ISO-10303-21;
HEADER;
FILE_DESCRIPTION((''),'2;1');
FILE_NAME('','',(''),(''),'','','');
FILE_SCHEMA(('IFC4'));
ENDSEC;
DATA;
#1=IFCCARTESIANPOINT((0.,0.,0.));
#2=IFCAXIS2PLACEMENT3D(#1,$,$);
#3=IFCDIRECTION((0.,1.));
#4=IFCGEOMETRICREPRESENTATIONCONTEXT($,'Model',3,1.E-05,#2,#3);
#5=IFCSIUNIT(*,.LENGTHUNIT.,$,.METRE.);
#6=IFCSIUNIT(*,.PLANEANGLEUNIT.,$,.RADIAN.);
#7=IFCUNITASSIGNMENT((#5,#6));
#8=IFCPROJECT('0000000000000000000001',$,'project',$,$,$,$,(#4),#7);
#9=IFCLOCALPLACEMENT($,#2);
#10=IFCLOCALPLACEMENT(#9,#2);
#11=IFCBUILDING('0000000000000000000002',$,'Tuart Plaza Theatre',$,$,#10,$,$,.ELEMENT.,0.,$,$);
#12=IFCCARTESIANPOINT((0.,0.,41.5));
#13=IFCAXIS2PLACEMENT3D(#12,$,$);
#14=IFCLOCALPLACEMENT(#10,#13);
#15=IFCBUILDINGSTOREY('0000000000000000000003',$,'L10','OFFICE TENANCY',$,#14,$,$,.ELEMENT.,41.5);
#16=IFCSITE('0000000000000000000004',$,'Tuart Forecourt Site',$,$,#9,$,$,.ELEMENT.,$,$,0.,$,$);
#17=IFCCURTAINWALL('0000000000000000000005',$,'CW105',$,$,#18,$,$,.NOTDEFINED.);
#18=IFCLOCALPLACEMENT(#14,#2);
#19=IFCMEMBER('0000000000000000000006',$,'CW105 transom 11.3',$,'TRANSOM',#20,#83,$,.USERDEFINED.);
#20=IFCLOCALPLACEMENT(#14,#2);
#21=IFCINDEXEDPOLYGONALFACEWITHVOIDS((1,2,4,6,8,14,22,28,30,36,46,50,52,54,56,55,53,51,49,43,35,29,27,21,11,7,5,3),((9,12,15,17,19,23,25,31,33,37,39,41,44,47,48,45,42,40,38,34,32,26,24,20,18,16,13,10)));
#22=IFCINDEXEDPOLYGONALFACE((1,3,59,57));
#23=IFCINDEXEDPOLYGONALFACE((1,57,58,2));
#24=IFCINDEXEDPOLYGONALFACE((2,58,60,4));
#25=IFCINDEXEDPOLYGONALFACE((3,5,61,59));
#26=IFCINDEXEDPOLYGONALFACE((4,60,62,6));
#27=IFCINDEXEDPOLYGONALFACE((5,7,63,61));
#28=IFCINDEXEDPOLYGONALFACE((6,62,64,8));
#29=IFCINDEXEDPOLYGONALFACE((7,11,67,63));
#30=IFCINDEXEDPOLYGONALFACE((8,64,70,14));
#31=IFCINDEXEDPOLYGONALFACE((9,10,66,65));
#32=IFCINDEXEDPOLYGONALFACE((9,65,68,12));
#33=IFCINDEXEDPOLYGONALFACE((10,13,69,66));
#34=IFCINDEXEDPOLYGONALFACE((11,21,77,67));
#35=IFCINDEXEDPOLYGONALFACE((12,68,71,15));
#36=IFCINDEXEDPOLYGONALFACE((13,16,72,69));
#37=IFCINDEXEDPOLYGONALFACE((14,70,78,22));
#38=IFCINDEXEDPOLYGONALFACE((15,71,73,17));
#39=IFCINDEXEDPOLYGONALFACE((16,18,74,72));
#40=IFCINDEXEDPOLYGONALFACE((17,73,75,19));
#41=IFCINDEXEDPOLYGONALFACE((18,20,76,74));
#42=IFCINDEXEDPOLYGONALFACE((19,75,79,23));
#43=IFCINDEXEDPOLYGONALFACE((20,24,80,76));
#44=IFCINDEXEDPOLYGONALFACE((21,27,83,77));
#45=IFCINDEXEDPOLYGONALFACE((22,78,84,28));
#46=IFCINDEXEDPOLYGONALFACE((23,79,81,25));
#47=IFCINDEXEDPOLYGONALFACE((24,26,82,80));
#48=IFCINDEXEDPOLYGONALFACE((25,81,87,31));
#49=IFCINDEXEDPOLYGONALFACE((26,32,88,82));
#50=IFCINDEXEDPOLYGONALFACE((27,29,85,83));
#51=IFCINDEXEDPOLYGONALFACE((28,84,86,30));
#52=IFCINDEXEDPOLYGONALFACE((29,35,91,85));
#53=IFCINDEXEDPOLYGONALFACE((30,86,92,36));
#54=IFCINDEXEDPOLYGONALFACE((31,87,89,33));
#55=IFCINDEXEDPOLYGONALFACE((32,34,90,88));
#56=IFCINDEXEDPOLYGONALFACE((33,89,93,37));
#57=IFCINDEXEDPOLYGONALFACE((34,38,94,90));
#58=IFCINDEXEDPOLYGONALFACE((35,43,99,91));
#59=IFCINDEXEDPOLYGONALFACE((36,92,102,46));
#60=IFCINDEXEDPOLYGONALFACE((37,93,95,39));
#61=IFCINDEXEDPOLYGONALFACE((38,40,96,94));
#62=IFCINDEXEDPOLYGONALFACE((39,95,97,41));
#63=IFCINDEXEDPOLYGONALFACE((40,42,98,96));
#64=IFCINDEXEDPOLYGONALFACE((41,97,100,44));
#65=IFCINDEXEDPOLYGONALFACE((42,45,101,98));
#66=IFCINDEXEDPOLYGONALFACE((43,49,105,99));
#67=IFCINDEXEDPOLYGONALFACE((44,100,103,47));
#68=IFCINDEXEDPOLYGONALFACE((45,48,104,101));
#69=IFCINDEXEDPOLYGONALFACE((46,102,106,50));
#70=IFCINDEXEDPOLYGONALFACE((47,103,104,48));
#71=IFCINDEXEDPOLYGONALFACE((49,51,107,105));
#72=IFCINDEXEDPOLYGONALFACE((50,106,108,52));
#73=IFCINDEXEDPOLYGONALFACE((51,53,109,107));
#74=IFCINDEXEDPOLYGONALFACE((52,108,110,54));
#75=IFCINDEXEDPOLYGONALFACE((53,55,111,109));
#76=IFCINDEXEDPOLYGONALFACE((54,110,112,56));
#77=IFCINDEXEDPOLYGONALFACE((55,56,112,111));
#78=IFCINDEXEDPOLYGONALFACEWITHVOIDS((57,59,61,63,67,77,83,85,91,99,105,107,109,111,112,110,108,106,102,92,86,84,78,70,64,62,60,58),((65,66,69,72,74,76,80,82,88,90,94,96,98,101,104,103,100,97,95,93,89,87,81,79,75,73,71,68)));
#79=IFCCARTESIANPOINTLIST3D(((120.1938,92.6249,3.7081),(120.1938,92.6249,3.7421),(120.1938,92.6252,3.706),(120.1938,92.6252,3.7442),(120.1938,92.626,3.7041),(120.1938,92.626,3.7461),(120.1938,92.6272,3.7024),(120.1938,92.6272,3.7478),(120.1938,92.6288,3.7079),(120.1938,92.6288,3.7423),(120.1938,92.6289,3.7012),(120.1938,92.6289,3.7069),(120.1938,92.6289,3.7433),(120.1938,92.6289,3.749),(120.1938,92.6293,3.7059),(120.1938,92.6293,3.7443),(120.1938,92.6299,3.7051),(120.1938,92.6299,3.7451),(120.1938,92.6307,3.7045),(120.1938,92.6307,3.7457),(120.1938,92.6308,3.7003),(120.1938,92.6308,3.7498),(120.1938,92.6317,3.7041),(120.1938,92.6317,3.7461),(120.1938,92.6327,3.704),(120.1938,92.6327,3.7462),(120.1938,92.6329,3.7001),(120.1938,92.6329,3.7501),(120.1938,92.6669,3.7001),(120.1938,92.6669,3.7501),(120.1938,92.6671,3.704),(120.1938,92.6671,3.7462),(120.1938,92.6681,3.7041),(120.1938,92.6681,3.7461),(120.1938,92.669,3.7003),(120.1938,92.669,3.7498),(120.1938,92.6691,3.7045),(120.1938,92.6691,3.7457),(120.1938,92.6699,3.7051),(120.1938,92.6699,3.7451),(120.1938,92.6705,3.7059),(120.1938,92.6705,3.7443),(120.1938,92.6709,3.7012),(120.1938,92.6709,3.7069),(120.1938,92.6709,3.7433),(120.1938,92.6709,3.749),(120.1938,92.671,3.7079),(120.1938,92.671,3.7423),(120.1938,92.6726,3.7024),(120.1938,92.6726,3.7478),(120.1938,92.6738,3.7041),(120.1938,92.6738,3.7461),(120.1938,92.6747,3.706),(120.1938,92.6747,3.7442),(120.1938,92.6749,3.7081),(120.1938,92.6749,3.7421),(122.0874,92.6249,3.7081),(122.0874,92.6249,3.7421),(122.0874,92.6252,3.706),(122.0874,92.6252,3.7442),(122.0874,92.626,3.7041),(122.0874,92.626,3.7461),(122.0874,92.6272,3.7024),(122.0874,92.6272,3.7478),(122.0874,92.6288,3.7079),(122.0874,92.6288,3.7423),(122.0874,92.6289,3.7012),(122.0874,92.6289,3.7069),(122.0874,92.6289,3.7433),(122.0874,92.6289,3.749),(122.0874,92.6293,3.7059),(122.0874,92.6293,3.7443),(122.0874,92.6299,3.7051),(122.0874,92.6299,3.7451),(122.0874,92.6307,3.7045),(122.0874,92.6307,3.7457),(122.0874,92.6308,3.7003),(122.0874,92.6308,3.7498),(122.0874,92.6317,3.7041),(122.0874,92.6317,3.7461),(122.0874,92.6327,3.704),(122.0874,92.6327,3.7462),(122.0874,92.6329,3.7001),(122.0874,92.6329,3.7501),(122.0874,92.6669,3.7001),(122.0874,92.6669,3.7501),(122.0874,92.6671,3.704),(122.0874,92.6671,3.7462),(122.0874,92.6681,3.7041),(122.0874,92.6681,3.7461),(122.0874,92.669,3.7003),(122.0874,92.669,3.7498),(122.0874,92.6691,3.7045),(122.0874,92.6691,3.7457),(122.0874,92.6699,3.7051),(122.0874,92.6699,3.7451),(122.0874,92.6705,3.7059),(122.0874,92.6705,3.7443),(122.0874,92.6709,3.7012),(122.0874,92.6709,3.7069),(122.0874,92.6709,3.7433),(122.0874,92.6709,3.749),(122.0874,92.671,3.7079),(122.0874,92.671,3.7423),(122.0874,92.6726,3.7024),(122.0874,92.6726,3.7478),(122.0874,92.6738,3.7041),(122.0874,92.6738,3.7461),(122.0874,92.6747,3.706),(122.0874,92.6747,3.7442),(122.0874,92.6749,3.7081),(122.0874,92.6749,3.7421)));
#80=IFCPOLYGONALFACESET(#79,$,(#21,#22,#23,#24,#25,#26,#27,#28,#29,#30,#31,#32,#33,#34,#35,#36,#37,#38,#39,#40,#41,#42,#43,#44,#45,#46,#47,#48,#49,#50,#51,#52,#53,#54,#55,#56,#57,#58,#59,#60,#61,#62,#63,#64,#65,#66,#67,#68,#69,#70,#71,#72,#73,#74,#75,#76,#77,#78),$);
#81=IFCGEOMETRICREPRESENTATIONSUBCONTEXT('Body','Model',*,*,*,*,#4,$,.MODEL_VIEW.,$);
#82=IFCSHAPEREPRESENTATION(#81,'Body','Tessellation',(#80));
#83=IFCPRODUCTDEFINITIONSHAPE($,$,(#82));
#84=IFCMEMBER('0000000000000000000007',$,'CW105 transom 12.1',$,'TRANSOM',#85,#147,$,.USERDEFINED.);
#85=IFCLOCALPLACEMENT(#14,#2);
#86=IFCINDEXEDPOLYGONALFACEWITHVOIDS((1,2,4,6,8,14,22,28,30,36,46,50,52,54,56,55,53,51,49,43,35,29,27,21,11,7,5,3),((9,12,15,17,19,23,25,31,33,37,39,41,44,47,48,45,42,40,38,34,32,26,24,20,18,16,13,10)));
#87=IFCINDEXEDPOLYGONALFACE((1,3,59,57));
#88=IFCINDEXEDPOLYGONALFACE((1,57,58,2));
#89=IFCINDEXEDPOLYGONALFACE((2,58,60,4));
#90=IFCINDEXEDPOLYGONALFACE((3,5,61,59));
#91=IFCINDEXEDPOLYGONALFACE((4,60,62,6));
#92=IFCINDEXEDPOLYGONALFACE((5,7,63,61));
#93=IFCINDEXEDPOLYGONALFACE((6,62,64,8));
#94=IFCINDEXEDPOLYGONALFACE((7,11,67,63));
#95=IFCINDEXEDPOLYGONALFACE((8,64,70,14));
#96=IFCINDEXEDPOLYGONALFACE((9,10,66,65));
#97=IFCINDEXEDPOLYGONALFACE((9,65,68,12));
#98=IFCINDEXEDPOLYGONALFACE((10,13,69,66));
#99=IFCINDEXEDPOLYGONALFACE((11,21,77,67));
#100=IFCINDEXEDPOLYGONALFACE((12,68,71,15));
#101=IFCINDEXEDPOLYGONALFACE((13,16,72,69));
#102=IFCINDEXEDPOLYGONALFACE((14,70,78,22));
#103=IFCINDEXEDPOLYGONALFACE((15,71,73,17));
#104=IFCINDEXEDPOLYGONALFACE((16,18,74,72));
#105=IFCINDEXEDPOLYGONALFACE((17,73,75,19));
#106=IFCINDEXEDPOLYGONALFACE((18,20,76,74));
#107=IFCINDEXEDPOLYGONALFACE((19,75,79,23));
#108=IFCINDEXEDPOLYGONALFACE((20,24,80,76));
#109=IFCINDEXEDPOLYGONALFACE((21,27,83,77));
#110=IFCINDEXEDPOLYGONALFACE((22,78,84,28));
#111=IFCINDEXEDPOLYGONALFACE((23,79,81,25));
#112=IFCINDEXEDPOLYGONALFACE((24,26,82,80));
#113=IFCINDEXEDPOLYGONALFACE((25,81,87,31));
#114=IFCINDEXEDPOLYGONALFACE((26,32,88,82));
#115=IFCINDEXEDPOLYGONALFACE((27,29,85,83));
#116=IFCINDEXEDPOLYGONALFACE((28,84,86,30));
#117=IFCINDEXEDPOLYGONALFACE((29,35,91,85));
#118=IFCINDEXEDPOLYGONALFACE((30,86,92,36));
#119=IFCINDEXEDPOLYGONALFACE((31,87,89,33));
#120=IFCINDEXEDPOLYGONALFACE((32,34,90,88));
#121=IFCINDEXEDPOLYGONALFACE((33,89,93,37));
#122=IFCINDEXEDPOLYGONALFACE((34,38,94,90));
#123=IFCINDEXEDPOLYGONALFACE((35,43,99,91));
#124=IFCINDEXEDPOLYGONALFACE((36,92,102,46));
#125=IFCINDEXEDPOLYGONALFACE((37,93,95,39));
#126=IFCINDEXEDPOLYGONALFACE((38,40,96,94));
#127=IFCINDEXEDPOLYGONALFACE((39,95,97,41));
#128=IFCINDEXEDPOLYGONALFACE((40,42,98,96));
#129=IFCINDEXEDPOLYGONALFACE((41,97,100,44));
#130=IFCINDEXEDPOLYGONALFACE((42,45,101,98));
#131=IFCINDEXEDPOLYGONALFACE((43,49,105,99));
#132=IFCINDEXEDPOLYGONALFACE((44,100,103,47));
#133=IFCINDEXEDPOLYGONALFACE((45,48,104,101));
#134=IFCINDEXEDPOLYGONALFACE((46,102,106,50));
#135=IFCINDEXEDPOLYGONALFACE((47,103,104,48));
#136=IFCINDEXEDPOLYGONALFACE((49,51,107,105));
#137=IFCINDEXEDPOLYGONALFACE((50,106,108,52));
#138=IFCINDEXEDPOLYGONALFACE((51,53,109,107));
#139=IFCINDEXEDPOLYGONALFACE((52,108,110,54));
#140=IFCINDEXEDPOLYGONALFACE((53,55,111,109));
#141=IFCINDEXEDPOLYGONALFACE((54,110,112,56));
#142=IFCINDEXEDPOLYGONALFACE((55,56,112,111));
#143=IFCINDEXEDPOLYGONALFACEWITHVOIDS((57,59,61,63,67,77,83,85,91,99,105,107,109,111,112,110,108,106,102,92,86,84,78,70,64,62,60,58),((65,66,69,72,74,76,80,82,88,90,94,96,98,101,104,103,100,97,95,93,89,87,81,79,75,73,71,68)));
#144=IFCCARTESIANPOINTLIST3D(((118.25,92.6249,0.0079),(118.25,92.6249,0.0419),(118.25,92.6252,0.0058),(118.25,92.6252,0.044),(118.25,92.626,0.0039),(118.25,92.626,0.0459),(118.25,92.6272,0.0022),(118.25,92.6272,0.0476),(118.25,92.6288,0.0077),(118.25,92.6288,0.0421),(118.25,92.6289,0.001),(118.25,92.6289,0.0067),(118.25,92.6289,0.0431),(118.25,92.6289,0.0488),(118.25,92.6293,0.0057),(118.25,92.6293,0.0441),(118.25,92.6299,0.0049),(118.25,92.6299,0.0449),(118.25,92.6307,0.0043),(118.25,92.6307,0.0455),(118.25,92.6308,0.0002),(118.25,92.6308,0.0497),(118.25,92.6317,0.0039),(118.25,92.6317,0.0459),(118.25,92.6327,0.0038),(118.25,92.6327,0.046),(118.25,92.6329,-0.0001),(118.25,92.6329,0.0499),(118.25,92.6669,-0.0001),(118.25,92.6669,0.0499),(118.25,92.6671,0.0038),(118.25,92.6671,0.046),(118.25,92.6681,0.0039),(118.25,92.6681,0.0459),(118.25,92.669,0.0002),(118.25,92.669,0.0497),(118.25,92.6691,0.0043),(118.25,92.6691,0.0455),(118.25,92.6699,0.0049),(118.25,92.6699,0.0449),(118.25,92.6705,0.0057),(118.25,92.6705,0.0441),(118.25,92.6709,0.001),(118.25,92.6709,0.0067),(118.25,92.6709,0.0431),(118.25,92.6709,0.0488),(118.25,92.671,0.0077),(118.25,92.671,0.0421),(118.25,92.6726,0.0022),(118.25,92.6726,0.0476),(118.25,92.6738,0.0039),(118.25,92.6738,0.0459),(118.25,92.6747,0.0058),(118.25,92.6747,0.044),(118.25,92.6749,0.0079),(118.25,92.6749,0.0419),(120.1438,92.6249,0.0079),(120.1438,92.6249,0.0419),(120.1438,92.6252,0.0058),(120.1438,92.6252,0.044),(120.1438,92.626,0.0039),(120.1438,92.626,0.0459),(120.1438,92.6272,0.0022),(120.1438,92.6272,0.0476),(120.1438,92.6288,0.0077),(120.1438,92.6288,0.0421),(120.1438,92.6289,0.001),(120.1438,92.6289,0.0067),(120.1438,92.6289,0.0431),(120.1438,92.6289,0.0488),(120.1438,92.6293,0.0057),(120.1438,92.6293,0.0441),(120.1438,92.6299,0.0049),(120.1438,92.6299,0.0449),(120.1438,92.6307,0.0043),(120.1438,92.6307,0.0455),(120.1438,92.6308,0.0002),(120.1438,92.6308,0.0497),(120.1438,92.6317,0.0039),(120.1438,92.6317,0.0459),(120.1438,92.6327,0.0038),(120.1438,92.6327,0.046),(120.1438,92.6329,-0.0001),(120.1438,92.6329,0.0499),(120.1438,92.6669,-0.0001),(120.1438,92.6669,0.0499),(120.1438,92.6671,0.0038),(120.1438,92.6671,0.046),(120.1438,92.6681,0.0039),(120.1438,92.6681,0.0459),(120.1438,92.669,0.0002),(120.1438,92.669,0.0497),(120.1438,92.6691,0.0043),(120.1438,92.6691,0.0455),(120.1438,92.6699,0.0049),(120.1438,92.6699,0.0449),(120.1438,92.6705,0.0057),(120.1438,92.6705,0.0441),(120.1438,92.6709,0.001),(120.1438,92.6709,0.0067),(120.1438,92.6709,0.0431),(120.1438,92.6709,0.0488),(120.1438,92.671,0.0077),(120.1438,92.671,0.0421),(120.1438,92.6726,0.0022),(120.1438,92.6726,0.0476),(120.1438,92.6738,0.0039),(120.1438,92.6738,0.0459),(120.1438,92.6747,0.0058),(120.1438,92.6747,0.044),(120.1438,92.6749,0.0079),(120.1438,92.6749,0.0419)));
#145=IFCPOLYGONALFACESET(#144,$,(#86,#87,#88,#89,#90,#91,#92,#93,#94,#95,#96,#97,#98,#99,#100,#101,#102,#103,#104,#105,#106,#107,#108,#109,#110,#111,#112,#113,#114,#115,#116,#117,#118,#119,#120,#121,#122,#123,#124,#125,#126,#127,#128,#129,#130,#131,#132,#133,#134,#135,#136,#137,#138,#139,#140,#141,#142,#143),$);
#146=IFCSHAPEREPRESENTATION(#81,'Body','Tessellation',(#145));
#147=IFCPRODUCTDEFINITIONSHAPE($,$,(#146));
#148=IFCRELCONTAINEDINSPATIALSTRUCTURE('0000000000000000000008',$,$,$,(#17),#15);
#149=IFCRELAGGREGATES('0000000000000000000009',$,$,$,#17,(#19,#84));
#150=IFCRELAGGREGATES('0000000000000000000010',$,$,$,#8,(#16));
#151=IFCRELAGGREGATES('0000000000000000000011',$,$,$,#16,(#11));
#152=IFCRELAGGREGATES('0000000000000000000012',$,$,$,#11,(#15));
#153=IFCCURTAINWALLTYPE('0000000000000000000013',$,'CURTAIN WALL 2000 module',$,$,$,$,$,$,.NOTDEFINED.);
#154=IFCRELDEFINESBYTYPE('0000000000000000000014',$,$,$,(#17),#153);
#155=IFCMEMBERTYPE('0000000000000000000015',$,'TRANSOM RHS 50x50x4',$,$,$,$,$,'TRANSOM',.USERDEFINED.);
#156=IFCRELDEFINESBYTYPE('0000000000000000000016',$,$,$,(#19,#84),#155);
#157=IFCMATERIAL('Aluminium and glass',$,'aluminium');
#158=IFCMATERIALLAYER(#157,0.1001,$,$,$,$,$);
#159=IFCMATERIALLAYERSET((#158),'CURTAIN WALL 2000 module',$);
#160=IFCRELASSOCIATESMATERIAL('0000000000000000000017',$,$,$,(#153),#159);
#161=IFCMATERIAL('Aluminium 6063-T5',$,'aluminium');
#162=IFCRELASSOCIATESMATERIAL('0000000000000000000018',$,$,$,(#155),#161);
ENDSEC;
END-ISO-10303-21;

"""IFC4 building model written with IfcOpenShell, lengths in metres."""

from ifc_helpers import new_model, si_unit, direction, frame, origin, origin_2d, place, context, subcontext, project, spatial, hollow_rectangle, extrude, material, layer, layer_set, material_profile, profile_set, type_object, element, aggregate, save


model = new_model("IFC4")

# Units and contexts
model_context = context("Model", 3, precision=1e-05, world=origin(), true_north=direction((0.0, 1.0)))
body_context = subcontext(model_context, "Body", "Model", "MODEL_VIEW")
ifc_project = project(units=[si_unit("LENGTHUNIT", "METRE"), si_unit("PLANEANGLEUNIT", "RADIAN")], contexts=[model_context])

# Site, building, storey
site_placement = place(None, origin())
site = spatial("IfcSite", under=ifc_project, at=site_placement, Name="Tuart Forecourt Site", CompositionType="ELEMENT", RefElevation=0.0)
building_placement = place(site_placement, origin())
building = spatial("IfcBuilding", under=site, at=building_placement, Name="Tuart Plaza Theatre", CompositionType="ELEMENT", ElevationOfRefHeight=0.0)
storey_placement = place(building_placement, frame((0.0, 0.0, 41.5)))
storey = spatial("IfcBuildingStorey", under=building, at=storey_placement, Name="L10", Description="OFFICE TENANCY", CompositionType="ELEMENT", Elevation=41.5)

# Curtain wall, members
ifc_material_1 = material(Name="Aluminium and glass", Category="aluminium")
ifc_layer_1 = layer(ifc_material_1, 0.1001)
ifc_layer_set_1 = layer_set([ifc_layer_1], Name="CURTAIN WALL 2000 module")
curtain_wall_type = type_object("IfcCurtainWallType", Name="CURTAIN WALL 2000 module", PredefinedType="NOTDEFINED", material=ifc_layer_set_1)
curtain_wall_placement = place(storey_placement, origin())
curtain_wall = element("IfcCurtainWall", 1, at=curtain_wall_placement, inside=storey, type_object=curtain_wall_type, Name="CW105", PredefinedType="NOTDEFINED")
ifc_material_2 = material(Name="Aluminium 6063-T5", Category="aluminium")
ifc_material_profile_1 = material_profile(ifc_material_2, hollow_rectangle(XDim=0.05, YDim=0.05, WallThickness=0.0039, InnerFilletRadius=0.0039, OuterFilletRadius=0.0081, at=origin_2d()), Name="RHS 50x50x4")
ifc_profile_set_1 = profile_set([ifc_material_profile_1], Name="Aluminium 6063-T5")
member_type_1 = type_object("IfcMemberType", Name="TRANSOM RHS 50x50x4", ElementType="TRANSOM", PredefinedType="USERDEFINED", material=ifc_profile_set_1)
member_1_placement = place(storey_placement, frame((122.0874, 92.6499, 3.7251), z_axis=(-1.0, 0.0, 0.0), x_axis=(0.0, -1.0, 0.0)))
member_1 = element("IfcMember", 2, at=member_1_placement, type_object=member_type_1, Name="CW105 transom 11.3", ObjectType="TRANSOM", PredefinedType="USERDEFINED", context=body_context, shape_type="SweptSolid", body=[
    extrude(hollow_rectangle(XDim=0.05, YDim=0.05, WallThickness=0.0039, InnerFilletRadius=0.0039, OuterFilletRadius=0.0081, at=origin_2d()), origin(), (0.0, 0.0, 1.0), 1.8936),
])
member_2_placement = place(storey_placement, frame((120.1438, 92.6499, 0.0249), z_axis=(-1.0, 0.0, 0.0), x_axis=(0.0, -1.0, 0.0)))
member_2 = element("IfcMember", 3, at=member_2_placement, type_object=member_type_1, Name="CW105 transom 12.1", ObjectType="TRANSOM", PredefinedType="USERDEFINED", context=body_context, shape_type="SweptSolid", body=[
    extrude(hollow_rectangle(XDim=0.05, YDim=0.05, WallThickness=0.0039, InnerFilletRadius=0.0039, OuterFilletRadius=0.0081, at=origin_2d()), origin(), (0.0, 0.0, 1.0), 1.8938),
])
aggregate(curtain_wall, [member_1, member_2])

save(model, "model.ifc")
